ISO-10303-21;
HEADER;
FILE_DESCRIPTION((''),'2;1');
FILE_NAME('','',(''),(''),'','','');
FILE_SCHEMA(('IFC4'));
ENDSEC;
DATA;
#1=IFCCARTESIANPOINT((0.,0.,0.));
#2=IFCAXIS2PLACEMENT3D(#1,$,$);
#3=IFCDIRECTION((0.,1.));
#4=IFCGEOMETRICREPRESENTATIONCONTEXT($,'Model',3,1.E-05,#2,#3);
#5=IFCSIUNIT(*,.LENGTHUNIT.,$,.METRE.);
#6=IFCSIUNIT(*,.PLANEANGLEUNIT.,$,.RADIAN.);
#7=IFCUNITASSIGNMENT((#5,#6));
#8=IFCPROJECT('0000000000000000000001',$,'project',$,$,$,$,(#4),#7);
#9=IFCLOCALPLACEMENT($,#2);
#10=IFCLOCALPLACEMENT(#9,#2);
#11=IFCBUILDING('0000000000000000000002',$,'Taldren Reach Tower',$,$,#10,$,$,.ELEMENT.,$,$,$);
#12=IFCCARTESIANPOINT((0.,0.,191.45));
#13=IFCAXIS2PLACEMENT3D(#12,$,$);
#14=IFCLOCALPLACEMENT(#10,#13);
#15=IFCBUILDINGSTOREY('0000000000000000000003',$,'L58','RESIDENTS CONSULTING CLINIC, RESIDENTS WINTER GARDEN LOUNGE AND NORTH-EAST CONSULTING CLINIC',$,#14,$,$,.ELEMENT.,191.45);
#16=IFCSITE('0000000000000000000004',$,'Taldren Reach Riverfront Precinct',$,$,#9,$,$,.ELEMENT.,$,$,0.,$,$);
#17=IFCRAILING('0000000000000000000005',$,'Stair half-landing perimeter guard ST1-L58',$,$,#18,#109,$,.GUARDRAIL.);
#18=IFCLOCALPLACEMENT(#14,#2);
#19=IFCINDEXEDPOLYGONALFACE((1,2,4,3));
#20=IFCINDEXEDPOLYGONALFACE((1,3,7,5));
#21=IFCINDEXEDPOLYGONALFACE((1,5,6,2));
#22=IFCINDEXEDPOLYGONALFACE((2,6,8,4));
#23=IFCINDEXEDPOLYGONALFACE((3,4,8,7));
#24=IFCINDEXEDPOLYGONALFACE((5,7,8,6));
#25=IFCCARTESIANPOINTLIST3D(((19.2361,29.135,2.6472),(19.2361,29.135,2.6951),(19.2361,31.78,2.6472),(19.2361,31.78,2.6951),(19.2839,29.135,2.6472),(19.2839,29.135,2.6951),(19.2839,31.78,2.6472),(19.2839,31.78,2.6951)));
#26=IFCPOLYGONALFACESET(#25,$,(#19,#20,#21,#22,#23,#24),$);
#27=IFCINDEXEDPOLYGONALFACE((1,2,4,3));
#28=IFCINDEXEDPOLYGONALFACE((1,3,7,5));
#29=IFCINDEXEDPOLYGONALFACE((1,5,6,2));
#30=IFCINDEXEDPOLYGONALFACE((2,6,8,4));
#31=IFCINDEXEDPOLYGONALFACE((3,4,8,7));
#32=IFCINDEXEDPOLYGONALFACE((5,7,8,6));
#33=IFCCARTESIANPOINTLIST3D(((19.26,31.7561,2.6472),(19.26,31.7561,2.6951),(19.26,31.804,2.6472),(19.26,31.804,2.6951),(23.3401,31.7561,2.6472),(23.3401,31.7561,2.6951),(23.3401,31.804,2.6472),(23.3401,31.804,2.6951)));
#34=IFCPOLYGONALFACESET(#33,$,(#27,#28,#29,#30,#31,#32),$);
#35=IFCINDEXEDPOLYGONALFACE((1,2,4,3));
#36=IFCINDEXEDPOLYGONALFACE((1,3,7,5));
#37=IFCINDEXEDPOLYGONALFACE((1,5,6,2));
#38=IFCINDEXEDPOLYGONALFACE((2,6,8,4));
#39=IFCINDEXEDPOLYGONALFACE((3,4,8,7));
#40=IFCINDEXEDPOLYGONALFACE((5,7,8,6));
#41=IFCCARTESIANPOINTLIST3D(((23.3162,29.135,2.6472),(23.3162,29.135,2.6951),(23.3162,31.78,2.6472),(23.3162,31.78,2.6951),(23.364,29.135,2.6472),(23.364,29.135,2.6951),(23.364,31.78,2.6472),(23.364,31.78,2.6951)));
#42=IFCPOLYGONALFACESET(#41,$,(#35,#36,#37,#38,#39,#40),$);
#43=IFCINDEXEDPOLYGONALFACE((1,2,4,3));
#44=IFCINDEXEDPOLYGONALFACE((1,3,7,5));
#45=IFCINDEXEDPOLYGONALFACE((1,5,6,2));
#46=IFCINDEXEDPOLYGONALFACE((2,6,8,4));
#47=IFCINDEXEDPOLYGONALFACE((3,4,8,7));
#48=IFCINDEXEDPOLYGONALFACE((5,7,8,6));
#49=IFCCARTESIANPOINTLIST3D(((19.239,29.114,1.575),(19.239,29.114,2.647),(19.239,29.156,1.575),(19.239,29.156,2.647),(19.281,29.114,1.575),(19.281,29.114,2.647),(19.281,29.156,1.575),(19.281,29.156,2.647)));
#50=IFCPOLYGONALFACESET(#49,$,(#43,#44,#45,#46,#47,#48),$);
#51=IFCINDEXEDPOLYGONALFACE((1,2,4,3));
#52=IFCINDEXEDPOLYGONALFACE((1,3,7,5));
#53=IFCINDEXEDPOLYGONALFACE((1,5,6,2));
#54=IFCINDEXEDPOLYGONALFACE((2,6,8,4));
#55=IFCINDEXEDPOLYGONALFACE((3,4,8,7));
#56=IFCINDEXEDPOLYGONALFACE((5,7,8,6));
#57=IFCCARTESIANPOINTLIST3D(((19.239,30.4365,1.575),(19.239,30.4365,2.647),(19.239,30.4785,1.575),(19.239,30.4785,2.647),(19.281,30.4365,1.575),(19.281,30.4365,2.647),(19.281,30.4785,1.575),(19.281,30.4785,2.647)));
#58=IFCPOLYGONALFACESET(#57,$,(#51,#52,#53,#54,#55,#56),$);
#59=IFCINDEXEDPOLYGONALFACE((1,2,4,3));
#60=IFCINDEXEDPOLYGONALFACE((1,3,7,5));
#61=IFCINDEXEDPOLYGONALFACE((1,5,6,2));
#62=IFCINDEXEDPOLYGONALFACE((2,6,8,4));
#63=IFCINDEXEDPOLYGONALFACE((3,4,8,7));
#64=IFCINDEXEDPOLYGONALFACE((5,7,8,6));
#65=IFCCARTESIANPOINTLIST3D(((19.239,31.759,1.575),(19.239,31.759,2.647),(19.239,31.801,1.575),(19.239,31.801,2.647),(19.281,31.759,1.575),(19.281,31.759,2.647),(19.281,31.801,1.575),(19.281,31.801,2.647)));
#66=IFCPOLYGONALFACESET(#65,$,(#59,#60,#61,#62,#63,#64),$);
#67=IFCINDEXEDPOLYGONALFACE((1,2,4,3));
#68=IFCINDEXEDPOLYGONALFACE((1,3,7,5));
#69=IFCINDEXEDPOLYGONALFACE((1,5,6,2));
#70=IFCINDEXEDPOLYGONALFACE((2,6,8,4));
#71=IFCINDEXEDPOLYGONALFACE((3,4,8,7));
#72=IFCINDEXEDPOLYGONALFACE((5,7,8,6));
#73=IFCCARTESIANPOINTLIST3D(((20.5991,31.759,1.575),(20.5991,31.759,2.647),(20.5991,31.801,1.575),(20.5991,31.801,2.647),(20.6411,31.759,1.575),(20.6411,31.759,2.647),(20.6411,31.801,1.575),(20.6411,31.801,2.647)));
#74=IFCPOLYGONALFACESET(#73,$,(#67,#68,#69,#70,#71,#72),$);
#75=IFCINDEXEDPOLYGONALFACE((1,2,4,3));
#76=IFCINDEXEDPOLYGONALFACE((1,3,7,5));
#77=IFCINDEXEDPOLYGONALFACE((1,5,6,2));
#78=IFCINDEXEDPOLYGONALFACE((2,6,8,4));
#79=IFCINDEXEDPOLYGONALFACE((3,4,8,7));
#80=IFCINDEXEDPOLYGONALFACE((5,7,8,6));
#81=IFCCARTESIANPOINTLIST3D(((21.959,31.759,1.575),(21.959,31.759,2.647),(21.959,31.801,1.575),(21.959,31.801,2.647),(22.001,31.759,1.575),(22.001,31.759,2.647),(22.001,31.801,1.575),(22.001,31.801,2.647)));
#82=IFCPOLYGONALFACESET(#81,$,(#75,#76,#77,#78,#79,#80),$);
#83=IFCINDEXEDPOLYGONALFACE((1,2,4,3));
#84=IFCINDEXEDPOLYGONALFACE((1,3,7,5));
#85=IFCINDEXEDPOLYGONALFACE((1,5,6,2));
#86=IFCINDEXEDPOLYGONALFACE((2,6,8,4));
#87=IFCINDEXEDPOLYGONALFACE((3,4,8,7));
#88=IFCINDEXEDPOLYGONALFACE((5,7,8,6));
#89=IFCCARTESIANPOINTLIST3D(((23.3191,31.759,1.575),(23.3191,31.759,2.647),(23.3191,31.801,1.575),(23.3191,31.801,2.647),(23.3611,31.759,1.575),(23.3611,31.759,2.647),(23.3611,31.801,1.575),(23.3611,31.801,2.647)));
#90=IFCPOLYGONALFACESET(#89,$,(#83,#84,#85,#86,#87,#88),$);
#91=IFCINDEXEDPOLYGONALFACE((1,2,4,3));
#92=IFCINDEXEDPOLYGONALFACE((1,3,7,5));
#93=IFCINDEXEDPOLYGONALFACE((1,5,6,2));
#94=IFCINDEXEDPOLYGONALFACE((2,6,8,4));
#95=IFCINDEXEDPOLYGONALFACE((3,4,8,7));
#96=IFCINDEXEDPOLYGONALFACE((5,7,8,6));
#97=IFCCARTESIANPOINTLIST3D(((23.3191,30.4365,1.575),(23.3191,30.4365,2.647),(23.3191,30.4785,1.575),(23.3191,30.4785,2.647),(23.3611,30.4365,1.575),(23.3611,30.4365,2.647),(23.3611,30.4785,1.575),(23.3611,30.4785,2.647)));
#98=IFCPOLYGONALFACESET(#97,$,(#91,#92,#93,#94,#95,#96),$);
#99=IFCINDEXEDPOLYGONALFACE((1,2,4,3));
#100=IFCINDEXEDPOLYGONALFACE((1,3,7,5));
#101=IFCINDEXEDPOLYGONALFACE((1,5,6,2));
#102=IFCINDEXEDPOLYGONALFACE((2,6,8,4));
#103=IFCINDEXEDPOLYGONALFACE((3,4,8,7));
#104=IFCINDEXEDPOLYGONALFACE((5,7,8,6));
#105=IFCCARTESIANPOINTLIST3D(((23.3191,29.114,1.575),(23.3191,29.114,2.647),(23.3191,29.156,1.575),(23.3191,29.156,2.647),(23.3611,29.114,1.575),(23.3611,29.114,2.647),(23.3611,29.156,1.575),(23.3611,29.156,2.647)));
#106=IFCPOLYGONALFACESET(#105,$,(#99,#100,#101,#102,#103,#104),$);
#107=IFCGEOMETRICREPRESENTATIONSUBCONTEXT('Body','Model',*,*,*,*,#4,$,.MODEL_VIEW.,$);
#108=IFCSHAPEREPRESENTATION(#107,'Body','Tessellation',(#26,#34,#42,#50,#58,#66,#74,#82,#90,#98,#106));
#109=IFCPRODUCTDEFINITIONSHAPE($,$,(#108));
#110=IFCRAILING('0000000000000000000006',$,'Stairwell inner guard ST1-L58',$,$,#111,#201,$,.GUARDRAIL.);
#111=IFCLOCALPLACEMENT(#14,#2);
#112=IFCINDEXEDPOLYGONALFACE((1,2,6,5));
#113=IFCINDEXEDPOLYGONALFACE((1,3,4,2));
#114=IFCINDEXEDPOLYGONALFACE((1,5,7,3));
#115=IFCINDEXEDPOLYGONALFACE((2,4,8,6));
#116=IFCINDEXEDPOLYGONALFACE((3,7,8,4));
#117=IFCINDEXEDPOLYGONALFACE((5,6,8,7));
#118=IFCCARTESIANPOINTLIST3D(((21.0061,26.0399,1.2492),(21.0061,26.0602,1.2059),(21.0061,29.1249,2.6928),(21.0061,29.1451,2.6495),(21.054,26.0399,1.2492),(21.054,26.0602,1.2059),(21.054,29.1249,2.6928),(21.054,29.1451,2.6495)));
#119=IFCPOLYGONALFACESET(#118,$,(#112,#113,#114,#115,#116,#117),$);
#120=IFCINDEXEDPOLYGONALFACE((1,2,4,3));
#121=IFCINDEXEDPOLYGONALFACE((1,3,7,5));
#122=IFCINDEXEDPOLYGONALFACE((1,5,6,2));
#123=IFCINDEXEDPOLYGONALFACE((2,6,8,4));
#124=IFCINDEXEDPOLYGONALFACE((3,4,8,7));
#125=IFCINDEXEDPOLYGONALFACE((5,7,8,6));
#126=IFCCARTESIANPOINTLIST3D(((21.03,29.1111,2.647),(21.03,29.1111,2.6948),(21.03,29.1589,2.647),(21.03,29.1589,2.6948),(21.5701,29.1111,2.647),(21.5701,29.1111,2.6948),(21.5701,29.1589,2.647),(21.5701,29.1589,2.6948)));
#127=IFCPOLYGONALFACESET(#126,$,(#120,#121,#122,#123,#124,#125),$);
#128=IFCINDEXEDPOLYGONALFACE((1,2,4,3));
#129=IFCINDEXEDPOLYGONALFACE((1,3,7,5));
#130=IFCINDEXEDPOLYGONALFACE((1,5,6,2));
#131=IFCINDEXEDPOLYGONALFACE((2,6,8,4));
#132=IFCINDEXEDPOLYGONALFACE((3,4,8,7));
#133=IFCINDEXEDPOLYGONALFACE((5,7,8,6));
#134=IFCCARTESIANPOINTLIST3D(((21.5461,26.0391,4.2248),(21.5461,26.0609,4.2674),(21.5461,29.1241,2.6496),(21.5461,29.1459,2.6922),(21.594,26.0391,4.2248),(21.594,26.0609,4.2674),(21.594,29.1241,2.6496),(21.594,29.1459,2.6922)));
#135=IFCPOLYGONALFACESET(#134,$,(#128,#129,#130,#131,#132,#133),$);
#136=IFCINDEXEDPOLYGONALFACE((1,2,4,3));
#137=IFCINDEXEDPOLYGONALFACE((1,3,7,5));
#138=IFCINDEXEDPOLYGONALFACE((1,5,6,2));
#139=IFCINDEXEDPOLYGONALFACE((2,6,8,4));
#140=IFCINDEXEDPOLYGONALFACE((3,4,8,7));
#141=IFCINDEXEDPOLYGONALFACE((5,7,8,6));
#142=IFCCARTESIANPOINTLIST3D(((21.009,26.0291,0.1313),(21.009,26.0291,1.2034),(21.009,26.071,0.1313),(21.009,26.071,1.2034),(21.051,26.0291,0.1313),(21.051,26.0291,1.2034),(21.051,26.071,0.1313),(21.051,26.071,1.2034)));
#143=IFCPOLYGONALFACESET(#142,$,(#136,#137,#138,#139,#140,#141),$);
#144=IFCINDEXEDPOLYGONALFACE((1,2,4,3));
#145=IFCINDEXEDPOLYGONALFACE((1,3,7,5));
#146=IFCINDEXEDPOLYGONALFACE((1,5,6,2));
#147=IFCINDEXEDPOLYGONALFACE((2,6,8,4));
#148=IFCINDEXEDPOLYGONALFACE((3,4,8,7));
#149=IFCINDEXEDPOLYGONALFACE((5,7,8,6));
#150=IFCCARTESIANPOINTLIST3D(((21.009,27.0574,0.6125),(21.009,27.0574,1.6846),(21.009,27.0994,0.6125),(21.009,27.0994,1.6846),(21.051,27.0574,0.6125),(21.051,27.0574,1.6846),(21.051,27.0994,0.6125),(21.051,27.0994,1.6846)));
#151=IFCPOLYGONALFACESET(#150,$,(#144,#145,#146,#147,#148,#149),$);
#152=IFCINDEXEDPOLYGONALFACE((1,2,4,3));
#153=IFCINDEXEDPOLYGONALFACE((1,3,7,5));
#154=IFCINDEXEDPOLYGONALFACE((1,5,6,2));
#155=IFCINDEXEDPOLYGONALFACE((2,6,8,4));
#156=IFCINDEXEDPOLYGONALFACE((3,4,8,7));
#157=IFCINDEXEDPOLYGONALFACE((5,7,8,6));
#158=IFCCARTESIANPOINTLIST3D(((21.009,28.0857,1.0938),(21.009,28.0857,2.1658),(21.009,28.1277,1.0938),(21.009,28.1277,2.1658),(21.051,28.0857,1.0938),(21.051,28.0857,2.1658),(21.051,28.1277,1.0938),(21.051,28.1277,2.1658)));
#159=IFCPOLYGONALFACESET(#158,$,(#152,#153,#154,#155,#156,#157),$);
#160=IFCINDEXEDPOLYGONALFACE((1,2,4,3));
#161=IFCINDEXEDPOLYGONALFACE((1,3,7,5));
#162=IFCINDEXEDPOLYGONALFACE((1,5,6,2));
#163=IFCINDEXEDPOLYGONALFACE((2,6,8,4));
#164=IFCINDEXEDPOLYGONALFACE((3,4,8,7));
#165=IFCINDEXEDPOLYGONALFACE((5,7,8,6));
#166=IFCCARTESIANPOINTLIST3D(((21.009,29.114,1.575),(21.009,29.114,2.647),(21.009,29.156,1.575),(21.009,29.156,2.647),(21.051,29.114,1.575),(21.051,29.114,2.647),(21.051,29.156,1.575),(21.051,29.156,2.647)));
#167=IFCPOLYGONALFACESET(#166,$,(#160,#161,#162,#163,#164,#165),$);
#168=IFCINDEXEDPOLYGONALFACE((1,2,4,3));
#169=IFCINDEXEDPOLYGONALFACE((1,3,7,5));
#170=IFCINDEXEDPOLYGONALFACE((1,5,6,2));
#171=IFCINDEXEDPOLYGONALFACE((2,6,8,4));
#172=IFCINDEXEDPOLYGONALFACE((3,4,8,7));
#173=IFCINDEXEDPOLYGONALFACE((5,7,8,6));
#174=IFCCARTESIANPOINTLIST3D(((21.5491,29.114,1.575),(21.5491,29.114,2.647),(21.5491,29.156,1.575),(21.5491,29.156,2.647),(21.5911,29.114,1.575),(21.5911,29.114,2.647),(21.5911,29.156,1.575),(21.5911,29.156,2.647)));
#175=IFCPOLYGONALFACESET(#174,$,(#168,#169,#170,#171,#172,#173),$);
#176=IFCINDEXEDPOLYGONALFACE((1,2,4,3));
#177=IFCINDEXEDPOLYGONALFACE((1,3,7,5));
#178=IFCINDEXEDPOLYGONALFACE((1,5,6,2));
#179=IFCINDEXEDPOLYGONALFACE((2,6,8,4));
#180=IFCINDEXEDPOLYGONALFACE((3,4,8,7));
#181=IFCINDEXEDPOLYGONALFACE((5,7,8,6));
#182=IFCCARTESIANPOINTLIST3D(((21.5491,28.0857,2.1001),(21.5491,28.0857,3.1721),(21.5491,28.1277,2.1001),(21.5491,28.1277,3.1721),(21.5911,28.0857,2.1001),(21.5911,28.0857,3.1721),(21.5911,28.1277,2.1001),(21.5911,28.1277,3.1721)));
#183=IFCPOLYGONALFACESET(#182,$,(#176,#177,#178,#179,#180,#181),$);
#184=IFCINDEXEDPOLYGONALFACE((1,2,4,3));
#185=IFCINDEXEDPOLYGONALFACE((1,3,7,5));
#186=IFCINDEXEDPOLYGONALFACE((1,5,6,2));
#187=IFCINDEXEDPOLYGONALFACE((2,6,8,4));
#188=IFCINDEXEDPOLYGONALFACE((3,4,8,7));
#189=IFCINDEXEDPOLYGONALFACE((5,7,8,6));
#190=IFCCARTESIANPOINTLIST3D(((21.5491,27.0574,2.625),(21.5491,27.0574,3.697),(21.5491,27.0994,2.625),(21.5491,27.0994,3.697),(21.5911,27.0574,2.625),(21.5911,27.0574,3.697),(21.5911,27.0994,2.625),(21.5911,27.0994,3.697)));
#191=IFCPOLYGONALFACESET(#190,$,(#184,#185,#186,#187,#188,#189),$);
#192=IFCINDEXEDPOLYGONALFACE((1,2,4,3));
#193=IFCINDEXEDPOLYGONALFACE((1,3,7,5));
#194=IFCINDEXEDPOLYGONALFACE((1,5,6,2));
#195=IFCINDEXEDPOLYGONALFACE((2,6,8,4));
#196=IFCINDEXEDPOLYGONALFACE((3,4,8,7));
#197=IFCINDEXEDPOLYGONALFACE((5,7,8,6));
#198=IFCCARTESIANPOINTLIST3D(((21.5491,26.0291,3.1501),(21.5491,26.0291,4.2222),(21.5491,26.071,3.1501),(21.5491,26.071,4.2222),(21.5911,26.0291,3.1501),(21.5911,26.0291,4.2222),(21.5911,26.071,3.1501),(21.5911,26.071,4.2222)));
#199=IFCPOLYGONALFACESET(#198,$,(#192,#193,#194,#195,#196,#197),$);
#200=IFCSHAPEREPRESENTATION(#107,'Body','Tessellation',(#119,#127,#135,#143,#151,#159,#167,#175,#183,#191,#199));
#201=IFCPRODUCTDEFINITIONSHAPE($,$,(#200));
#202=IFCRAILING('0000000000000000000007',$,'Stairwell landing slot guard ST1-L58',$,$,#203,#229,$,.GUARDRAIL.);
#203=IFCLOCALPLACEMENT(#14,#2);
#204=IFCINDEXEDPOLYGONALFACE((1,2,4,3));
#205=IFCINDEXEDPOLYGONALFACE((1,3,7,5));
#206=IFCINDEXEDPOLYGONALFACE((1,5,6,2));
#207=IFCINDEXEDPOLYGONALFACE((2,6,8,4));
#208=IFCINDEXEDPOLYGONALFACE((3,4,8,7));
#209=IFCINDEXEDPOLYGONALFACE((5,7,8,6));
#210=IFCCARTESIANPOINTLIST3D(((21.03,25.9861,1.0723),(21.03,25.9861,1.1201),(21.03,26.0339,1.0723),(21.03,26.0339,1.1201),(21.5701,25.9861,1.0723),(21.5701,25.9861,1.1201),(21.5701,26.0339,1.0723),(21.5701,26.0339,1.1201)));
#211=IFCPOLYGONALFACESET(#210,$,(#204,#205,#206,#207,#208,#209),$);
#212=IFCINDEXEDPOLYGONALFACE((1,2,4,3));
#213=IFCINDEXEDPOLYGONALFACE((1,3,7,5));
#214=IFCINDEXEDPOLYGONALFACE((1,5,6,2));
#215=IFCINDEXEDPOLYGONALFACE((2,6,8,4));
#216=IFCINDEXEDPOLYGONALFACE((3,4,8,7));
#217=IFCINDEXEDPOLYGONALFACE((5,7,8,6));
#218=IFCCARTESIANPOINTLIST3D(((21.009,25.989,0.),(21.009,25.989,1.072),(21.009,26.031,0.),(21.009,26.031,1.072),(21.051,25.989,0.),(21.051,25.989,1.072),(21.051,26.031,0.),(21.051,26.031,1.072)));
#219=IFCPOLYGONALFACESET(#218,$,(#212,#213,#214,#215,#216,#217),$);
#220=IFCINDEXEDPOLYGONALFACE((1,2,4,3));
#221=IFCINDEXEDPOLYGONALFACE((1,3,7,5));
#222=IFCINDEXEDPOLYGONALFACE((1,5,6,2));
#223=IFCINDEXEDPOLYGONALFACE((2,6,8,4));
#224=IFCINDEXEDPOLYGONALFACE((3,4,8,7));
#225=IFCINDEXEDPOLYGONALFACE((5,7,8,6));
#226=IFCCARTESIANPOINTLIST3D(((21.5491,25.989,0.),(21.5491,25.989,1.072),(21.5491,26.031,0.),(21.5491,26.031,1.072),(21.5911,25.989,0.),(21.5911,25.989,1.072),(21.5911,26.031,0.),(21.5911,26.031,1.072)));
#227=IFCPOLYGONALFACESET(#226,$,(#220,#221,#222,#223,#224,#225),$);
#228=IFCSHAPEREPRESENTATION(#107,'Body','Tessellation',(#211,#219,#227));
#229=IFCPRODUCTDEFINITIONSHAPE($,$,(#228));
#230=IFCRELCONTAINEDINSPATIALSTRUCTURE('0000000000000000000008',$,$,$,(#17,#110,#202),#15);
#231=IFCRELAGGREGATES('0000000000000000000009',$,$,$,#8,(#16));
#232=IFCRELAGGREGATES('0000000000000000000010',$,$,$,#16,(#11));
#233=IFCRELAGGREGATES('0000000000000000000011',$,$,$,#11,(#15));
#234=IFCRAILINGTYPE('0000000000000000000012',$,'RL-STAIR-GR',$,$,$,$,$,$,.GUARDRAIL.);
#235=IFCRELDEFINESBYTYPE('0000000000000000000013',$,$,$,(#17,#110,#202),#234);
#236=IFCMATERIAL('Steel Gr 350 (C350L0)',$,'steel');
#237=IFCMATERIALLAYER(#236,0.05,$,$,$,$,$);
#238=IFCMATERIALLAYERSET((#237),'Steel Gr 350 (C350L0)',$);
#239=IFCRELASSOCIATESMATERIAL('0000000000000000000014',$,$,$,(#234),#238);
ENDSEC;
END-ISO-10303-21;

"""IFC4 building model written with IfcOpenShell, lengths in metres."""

from ifc_helpers import new_model, si_unit, direction, frame, origin, origin_2d, place, context, subcontext, project, spatial, rectangle, extrude, material, layer, layer_set, type_object, element, save


model = new_model("IFC4")

# Units and contexts
model_context = context("Model", 3, precision=1e-05, world=origin(), true_north=direction((0.0, 1.0)))
body_context = subcontext(model_context, "Body", "Model", "MODEL_VIEW")
ifc_project = project(units=[si_unit("LENGTHUNIT", "METRE"), si_unit("PLANEANGLEUNIT", "RADIAN")], contexts=[model_context])

# Site, building, storey
site_placement = place(None, origin())
site = spatial("IfcSite", under=ifc_project, at=site_placement, Name="Taldren Reach Riverfront Precinct", CompositionType="ELEMENT", RefElevation=0.0)
building_placement = place(site_placement, origin())
building = spatial("IfcBuilding", under=site, at=building_placement, Name="Taldren Reach Tower", CompositionType="ELEMENT")
storey_placement = place(building_placement, frame((0.0, 0.0, 191.45)))
storey = spatial("IfcBuildingStorey", under=building, at=storey_placement, Name="L58", Description="RESIDENTS CONSULTING CLINIC, RESIDENTS WINTER GARDEN LOUNGE AND NORTH-EAST CONSULTING CLINIC", CompositionType="ELEMENT", Elevation=191.45)

# Shared definitions
ifc_material_1 = material(Name="Steel Gr 350 (C350L0)", Category="steel")

# Railings
ifc_layer_1 = layer(ifc_material_1, 0.05)
ifc_layer_set_1 = layer_set([ifc_layer_1], Name="Steel Gr 350 (C350L0)")
railing_type_1 = type_object("IfcRailingType", Name="RL-STAIR-GR", PredefinedType="GUARDRAIL", material=ifc_layer_set_1)
railing_1_placement = place(storey_placement, frame((19.26, 29.135, 1.575)))
element("IfcRailing", 1, at=railing_1_placement, inside=storey, type_object=railing_type_1, Name="Stair half-landing perimeter guard ST1-L58", PredefinedType="GUARDRAIL", context=body_context, shape_type="SweptSolid", body=[
    extrude(rectangle(XDim=0.0479, YDim=0.0479, at=origin_2d()), frame((0.0, 0.0, 1.0962), z_axis=(0.0, 1.0, 0.0), x_axis=(-1.0, 0.0, 0.0)), (0.0, 0.0, 1.0), 2.645),
    extrude(rectangle(XDim=0.0479, YDim=0.0479, at=origin_2d()), frame((0.0, 2.645, 1.0962), z_axis=(1.0, 0.0, 0.0), x_axis=(0.0, 1.0, 0.0)), (0.0, 0.0, 1.0), 4.0801),
    extrude(rectangle(XDim=0.0479, YDim=0.0479, at=origin_2d()), frame((4.0801, 2.645, 1.0962), z_axis=(0.0, -1.0, 0.0), x_axis=(1.0, 0.0, 0.0)), (0.0, 0.0, 1.0), 2.645),
    extrude(rectangle(XDim=0.042, YDim=0.042, at=origin_2d()), origin(), (0.0, 0.0, 1.0), 1.072),
    extrude(rectangle(XDim=0.042, YDim=0.042, at=origin_2d()), frame((0.0, 1.3225, 0.0)), (0.0, 0.0, 1.0), 1.072),
    extrude(rectangle(XDim=0.042, YDim=0.042, at=origin_2d()), frame((0.0, 2.645, 0.0)), (0.0, 0.0, 1.0), 1.072),
    extrude(rectangle(XDim=0.042, YDim=0.042, at=origin_2d()), frame((1.3601, 2.645, 0.0)), (0.0, 0.0, 1.0), 1.072),
    extrude(rectangle(XDim=0.042, YDim=0.042, at=origin_2d()), frame((2.72, 2.645, 0.0)), (0.0, 0.0, 1.0), 1.072),
    extrude(rectangle(XDim=0.042, YDim=0.042, at=origin_2d()), frame((4.0801, 2.645, 0.0)), (0.0, 0.0, 1.0), 1.072),
    extrude(rectangle(XDim=0.042, YDim=0.042, at=origin_2d()), frame((4.0801, 1.3225, 0.0)), (0.0, 0.0, 1.0), 1.072),
    extrude(rectangle(XDim=0.042, YDim=0.042, at=origin_2d()), frame((4.0801, 0.0, 0.0)), (0.0, 0.0, 1.0), 1.072),
])
railing_2_placement = place(storey_placement, frame((21.03, 26.05, 0.1313)))
element("IfcRailing", 2, at=railing_2_placement, inside=storey, type_object=railing_type_1, Name="Stairwell inner guard ST1-L58", PredefinedType="GUARDRAIL", context=body_context, shape_type="SweptSolid", body=[
    extrude(rectangle(XDim=0.0479, YDim=0.0479, at=origin_2d()), frame((0.0, 0.0, 1.0962), z_axis=(0.0, 0.905738, 0.423839), x_axis=(-1.0, 0.0, 0.0)), (0.0, 0.0, 1.0), 3.406),
    extrude(rectangle(XDim=0.0479, YDim=0.0479, at=origin_2d()), frame((0.0, 3.085, 2.5396), z_axis=(1.0, 0.0, 0.0), x_axis=(0.0, 1.0, 0.0)), (0.0, 0.0, 1.0), 0.54),
    extrude(rectangle(XDim=0.0479, YDim=0.0479, at=origin_2d()), frame((0.54, 3.085, 2.5396), z_axis=(0.0, -0.890617, 0.454753), x_axis=(1.0, 0.0, 0.0)), (0.0, 0.0, 1.0), 3.4639),
    extrude(rectangle(XDim=0.042, YDim=0.042, at=origin_2d()), origin(), (0.0, 0.0, 1.0), 1.072),
    extrude(rectangle(XDim=0.042, YDim=0.042, at=origin_2d()), frame((0.0, 1.0283, 0.4812)), (0.0, 0.0, 1.0), 1.072),
    extrude(rectangle(XDim=0.042, YDim=0.042, at=origin_2d()), frame((0.0, 2.0566, 0.9624)), (0.0, 0.0, 1.0), 1.072),
    extrude(rectangle(XDim=0.042, YDim=0.042, at=origin_2d()), frame((0.0, 3.085, 1.4436)), (0.0, 0.0, 1.0), 1.072),
    extrude(rectangle(XDim=0.042, YDim=0.042, at=origin_2d()), frame((0.54, 3.085, 1.4436)), (0.0, 0.0, 1.0), 1.072),
    extrude(rectangle(XDim=0.042, YDim=0.042, at=origin_2d()), frame((0.54, 2.0566, 1.9688)), (0.0, 0.0, 1.0), 1.072),
    extrude(rectangle(XDim=0.042, YDim=0.042, at=origin_2d()), frame((0.54, 1.0283, 2.4937)), (0.0, 0.0, 1.0), 1.072),
    extrude(rectangle(XDim=0.042, YDim=0.042, at=origin_2d()), frame((0.54, 0.0, 3.0188)), (0.0, 0.0, 1.0), 1.072),
])
railing_3_placement = place(storey_placement, frame((21.03, 26.01, 0.0)))
element("IfcRailing", 3, at=railing_3_placement, inside=storey, type_object=railing_type_1, Name="Stairwell landing slot guard ST1-L58", PredefinedType="GUARDRAIL", context=body_context, shape_type="SweptSolid", body=[
    extrude(rectangle(XDim=0.0479, YDim=0.0479, at=origin_2d()), frame((0.0, 0.0, 1.0962), z_axis=(1.0, 0.0, 0.0), x_axis=(0.0, 1.0, 0.0)), (0.0, 0.0, 1.0), 0.54),
    extrude(rectangle(XDim=0.042, YDim=0.042, at=origin_2d()), origin(), (0.0, 0.0, 1.0), 1.072),
    extrude(rectangle(XDim=0.042, YDim=0.042, at=origin_2d()), frame((0.54, 0.0, 0.0)), (0.0, 0.0, 1.0), 1.072),
])

save(model, "model.ifc")
